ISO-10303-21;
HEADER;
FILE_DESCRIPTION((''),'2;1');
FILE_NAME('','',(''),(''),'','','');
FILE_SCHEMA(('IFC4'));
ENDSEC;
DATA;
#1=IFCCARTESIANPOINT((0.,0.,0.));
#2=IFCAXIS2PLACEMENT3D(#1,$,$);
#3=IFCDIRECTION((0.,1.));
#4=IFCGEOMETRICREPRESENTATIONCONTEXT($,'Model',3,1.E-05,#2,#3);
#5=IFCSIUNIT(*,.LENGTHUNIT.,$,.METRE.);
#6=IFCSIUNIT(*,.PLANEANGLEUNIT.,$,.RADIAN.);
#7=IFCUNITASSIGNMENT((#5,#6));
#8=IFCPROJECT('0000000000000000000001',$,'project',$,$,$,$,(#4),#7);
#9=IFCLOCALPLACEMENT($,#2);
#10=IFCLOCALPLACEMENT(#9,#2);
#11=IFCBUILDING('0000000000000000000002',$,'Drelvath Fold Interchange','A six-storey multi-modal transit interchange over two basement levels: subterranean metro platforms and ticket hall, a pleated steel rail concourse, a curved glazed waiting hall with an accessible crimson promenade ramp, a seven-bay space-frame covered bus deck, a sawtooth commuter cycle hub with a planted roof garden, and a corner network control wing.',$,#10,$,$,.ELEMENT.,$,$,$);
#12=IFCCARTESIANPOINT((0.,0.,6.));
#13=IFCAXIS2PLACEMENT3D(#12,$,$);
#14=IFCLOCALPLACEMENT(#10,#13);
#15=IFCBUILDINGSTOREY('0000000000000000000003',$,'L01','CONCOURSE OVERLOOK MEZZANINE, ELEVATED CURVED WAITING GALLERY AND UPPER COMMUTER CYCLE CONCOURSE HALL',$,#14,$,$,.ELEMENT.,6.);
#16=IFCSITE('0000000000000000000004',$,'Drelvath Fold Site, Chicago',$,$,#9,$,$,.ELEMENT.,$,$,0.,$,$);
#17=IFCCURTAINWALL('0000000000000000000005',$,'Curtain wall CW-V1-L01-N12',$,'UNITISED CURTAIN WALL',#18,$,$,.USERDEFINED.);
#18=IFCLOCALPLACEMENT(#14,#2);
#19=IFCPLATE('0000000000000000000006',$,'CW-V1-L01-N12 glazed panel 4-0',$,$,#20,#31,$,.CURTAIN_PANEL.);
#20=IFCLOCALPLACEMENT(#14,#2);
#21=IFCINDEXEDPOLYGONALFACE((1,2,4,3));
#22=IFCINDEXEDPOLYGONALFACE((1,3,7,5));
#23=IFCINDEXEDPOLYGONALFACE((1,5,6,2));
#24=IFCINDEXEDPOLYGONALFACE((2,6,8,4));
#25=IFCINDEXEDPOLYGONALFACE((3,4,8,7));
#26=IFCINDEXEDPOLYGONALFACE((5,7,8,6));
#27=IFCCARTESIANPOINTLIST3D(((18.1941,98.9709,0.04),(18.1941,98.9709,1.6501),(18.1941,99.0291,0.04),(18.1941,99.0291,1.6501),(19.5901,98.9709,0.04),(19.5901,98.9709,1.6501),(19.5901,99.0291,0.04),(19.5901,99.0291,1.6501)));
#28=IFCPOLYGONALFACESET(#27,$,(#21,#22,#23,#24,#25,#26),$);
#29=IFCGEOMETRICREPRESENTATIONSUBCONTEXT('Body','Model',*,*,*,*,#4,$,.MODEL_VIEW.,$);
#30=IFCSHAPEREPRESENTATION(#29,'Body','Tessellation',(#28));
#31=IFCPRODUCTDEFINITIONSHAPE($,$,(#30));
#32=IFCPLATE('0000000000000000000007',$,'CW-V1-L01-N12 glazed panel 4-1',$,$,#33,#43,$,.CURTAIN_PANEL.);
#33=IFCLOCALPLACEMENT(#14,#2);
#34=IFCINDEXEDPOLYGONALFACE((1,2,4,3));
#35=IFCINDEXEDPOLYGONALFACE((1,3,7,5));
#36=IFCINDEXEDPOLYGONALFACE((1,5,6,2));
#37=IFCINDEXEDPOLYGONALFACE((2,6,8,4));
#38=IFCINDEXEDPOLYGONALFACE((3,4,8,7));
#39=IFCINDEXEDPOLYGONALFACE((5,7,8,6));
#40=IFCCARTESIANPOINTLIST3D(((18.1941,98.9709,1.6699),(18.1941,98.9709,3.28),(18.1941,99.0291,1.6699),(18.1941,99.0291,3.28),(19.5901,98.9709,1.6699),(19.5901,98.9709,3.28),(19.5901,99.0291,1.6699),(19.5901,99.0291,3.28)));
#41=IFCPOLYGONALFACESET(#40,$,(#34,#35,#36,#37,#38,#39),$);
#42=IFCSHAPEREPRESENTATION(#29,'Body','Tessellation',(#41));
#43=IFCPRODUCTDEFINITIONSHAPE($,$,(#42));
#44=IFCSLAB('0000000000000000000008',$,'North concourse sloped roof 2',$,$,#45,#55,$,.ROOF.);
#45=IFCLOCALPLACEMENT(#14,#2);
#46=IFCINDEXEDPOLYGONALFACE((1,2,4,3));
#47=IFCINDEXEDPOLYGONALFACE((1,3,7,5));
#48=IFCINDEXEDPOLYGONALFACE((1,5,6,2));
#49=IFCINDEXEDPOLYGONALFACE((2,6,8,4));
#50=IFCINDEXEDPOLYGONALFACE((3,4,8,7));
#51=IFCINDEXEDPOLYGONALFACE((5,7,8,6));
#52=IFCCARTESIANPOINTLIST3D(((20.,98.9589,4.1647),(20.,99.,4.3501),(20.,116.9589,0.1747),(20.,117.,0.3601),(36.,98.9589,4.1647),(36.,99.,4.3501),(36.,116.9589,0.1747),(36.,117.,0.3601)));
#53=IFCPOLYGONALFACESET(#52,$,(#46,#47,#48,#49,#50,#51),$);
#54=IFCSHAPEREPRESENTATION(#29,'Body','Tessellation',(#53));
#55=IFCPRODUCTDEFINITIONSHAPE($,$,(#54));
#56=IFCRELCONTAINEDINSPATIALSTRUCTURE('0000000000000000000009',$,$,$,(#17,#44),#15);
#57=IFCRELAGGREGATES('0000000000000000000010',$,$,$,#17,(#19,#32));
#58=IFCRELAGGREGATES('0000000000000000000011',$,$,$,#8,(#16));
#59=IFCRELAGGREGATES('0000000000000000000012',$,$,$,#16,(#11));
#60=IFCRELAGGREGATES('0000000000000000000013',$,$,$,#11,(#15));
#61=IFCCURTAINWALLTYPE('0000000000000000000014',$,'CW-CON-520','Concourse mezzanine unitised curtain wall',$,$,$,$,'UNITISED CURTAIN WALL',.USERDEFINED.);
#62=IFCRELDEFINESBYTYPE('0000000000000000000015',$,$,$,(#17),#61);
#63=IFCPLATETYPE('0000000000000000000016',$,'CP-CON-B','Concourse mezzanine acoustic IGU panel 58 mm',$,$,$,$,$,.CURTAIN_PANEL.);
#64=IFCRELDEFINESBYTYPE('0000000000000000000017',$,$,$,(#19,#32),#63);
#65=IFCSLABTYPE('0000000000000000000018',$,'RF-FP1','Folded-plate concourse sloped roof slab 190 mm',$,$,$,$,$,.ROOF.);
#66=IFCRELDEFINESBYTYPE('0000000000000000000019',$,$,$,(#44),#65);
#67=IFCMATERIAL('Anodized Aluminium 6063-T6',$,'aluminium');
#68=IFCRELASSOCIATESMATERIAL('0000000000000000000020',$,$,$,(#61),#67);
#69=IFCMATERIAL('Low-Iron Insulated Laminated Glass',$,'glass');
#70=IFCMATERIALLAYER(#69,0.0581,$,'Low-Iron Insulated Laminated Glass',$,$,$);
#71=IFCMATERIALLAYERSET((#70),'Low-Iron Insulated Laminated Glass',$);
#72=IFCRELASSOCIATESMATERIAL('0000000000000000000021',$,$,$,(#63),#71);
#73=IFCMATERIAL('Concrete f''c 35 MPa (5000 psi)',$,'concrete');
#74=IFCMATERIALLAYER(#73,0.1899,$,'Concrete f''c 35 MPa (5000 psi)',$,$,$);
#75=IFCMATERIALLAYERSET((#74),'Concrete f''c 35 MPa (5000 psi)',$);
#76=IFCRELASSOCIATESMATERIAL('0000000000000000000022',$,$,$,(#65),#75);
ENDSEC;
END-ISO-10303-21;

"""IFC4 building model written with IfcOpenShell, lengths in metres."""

from ifc_helpers import new_model, si_unit, direction, frame, origin, origin_2d, place, context, subcontext, project, spatial, polyline, rectangle, outline, extrude, material, layer, layer_set, type_object, element, aggregate, save


model = new_model("IFC4")

# Units and contexts
model_context = context("Model", 3, precision=1e-05, world=origin(), true_north=direction((0.0, 1.0)))
body_context = subcontext(model_context, "Body", "Model", "MODEL_VIEW")
ifc_project = project(units=[si_unit("LENGTHUNIT", "METRE"), si_unit("PLANEANGLEUNIT", "RADIAN")], contexts=[model_context])

# Site, building, storey
site_placement = place(None, origin())
site = spatial("IfcSite", under=ifc_project, at=site_placement, Name="Drelvath Fold Site, Chicago", CompositionType="ELEMENT", RefElevation=0.0)
building_placement = place(site_placement, origin())
building = spatial("IfcBuilding", under=site, at=building_placement, Name="Drelvath Fold Interchange", Description="A six-storey multi-modal transit interchange over two basement levels: subterranean metro platforms and ticket hall, a pleated steel rail concourse, a curved glazed waiting hall with an accessible crimson promenade ramp, a seven-bay space-frame covered bus deck, a sawtooth commuter cycle hub with a planted roof garden, and a corner network control wing.", CompositionType="ELEMENT")
storey_placement = place(building_placement, frame((0.0, 0.0, 6.0)))
storey = spatial("IfcBuildingStorey", under=building, at=storey_placement, Name="L01", Description="CONCOURSE OVERLOOK MEZZANINE, ELEVATED CURVED WAITING GALLERY AND UPPER COMMUTER CYCLE CONCOURSE HALL", CompositionType="ELEMENT", Elevation=6.0)

# Curtain wall, plates
ifc_material_1 = material(Name="Anodized Aluminium 6063-T6", Category="aluminium")
curtain_wall_type = type_object("IfcCurtainWallType", Name="CW-CON-520", Description="Concourse mezzanine unitised curtain wall", ElementType="UNITISED CURTAIN WALL", PredefinedType="USERDEFINED", material=ifc_material_1)
curtain_wall_placement = place(storey_placement, origin())
curtain_wall = element("IfcCurtainWall", 1, at=curtain_wall_placement, inside=storey, type_object=curtain_wall_type, Name="Curtain wall CW-V1-L01-N12", ObjectType="UNITISED CURTAIN WALL", PredefinedType="USERDEFINED")
ifc_material_2 = material(Name="Low-Iron Insulated Laminated Glass", Category="glass")
ifc_layer_1 = layer(ifc_material_2, 0.0581, Name="Low-Iron Insulated Laminated Glass")
ifc_layer_set_1 = layer_set([ifc_layer_1], Name="Low-Iron Insulated Laminated Glass")
plate_type = type_object("IfcPlateType", Name="CP-CON-B", Description="Concourse mezzanine acoustic IGU panel 58 mm", PredefinedType="CURTAIN_PANEL", material=ifc_layer_set_1)
plate_1_placement = place(storey_placement, frame((18.8921, 99.0, 0.04), z_axis=(0.0, 0.0, 1.0), x_axis=(1.0, 0.0, 0.0)))
plate_1 = element("IfcPlate", 2, at=plate_1_placement, type_object=plate_type, Name="CW-V1-L01-N12 glazed panel 4-0", PredefinedType="CURTAIN_PANEL", context=body_context, shape_type="SweptSolid", body=[
    extrude(rectangle(XDim=1.396, YDim=0.0581, at=origin_2d()), origin(), (0.0, 0.0, 1.0), 1.6101),
])
plate_2_placement = place(storey_placement, frame((18.8921, 99.0, 1.6699), z_axis=(0.0, 0.0, 1.0), x_axis=(1.0, 0.0, 0.0)))
plate_2 = element("IfcPlate", 3, at=plate_2_placement, type_object=plate_type, Name="CW-V1-L01-N12 glazed panel 4-1", PredefinedType="CURTAIN_PANEL", context=body_context, shape_type="SweptSolid", body=[
    extrude(rectangle(XDim=1.396, YDim=0.0581, at=origin_2d()), origin(), (0.0, 0.0, 1.0), 1.6101),
])
aggregate(curtain_wall, [plate_1, plate_2])

# Slab
ifc_material_3 = material(Name="Concrete f'c 35 MPa (5000 psi)", Category="concrete")
ifc_layer_2 = layer(ifc_material_3, 0.1899, Name="Concrete f'c 35 MPa (5000 psi)")
ifc_layer_set_2 = layer_set([ifc_layer_2], Name="Concrete f'c 35 MPa (5000 psi)")
slab_type = type_object("IfcSlabType", Name="RF-FP1", Description="Folded-plate concourse sloped roof slab 190 mm", PredefinedType="ROOF", material=ifc_layer_set_2)
slab_placement = place(storey_placement, frame((20.0, 99.0, 4.3501), z_axis=(0.0, 0.216413, 0.976302), x_axis=(1.0, 0.0, 0.0)))
element("IfcSlab", 4, at=slab_placement, inside=storey, type_object=slab_type, Name="North concourse sloped roof 2", PredefinedType="ROOF", context=body_context, shape_type="SweptSolid", body=[
    extrude(outline(polyline([(0.0, 0.0), (16.0, 0.0), (16.0, 18.4369), (0.0, 18.4369), (0.0, 0.0)])), origin(), (0.0, 0.0, -1.0), 0.1899),
])

save(model, "model.ifc")
